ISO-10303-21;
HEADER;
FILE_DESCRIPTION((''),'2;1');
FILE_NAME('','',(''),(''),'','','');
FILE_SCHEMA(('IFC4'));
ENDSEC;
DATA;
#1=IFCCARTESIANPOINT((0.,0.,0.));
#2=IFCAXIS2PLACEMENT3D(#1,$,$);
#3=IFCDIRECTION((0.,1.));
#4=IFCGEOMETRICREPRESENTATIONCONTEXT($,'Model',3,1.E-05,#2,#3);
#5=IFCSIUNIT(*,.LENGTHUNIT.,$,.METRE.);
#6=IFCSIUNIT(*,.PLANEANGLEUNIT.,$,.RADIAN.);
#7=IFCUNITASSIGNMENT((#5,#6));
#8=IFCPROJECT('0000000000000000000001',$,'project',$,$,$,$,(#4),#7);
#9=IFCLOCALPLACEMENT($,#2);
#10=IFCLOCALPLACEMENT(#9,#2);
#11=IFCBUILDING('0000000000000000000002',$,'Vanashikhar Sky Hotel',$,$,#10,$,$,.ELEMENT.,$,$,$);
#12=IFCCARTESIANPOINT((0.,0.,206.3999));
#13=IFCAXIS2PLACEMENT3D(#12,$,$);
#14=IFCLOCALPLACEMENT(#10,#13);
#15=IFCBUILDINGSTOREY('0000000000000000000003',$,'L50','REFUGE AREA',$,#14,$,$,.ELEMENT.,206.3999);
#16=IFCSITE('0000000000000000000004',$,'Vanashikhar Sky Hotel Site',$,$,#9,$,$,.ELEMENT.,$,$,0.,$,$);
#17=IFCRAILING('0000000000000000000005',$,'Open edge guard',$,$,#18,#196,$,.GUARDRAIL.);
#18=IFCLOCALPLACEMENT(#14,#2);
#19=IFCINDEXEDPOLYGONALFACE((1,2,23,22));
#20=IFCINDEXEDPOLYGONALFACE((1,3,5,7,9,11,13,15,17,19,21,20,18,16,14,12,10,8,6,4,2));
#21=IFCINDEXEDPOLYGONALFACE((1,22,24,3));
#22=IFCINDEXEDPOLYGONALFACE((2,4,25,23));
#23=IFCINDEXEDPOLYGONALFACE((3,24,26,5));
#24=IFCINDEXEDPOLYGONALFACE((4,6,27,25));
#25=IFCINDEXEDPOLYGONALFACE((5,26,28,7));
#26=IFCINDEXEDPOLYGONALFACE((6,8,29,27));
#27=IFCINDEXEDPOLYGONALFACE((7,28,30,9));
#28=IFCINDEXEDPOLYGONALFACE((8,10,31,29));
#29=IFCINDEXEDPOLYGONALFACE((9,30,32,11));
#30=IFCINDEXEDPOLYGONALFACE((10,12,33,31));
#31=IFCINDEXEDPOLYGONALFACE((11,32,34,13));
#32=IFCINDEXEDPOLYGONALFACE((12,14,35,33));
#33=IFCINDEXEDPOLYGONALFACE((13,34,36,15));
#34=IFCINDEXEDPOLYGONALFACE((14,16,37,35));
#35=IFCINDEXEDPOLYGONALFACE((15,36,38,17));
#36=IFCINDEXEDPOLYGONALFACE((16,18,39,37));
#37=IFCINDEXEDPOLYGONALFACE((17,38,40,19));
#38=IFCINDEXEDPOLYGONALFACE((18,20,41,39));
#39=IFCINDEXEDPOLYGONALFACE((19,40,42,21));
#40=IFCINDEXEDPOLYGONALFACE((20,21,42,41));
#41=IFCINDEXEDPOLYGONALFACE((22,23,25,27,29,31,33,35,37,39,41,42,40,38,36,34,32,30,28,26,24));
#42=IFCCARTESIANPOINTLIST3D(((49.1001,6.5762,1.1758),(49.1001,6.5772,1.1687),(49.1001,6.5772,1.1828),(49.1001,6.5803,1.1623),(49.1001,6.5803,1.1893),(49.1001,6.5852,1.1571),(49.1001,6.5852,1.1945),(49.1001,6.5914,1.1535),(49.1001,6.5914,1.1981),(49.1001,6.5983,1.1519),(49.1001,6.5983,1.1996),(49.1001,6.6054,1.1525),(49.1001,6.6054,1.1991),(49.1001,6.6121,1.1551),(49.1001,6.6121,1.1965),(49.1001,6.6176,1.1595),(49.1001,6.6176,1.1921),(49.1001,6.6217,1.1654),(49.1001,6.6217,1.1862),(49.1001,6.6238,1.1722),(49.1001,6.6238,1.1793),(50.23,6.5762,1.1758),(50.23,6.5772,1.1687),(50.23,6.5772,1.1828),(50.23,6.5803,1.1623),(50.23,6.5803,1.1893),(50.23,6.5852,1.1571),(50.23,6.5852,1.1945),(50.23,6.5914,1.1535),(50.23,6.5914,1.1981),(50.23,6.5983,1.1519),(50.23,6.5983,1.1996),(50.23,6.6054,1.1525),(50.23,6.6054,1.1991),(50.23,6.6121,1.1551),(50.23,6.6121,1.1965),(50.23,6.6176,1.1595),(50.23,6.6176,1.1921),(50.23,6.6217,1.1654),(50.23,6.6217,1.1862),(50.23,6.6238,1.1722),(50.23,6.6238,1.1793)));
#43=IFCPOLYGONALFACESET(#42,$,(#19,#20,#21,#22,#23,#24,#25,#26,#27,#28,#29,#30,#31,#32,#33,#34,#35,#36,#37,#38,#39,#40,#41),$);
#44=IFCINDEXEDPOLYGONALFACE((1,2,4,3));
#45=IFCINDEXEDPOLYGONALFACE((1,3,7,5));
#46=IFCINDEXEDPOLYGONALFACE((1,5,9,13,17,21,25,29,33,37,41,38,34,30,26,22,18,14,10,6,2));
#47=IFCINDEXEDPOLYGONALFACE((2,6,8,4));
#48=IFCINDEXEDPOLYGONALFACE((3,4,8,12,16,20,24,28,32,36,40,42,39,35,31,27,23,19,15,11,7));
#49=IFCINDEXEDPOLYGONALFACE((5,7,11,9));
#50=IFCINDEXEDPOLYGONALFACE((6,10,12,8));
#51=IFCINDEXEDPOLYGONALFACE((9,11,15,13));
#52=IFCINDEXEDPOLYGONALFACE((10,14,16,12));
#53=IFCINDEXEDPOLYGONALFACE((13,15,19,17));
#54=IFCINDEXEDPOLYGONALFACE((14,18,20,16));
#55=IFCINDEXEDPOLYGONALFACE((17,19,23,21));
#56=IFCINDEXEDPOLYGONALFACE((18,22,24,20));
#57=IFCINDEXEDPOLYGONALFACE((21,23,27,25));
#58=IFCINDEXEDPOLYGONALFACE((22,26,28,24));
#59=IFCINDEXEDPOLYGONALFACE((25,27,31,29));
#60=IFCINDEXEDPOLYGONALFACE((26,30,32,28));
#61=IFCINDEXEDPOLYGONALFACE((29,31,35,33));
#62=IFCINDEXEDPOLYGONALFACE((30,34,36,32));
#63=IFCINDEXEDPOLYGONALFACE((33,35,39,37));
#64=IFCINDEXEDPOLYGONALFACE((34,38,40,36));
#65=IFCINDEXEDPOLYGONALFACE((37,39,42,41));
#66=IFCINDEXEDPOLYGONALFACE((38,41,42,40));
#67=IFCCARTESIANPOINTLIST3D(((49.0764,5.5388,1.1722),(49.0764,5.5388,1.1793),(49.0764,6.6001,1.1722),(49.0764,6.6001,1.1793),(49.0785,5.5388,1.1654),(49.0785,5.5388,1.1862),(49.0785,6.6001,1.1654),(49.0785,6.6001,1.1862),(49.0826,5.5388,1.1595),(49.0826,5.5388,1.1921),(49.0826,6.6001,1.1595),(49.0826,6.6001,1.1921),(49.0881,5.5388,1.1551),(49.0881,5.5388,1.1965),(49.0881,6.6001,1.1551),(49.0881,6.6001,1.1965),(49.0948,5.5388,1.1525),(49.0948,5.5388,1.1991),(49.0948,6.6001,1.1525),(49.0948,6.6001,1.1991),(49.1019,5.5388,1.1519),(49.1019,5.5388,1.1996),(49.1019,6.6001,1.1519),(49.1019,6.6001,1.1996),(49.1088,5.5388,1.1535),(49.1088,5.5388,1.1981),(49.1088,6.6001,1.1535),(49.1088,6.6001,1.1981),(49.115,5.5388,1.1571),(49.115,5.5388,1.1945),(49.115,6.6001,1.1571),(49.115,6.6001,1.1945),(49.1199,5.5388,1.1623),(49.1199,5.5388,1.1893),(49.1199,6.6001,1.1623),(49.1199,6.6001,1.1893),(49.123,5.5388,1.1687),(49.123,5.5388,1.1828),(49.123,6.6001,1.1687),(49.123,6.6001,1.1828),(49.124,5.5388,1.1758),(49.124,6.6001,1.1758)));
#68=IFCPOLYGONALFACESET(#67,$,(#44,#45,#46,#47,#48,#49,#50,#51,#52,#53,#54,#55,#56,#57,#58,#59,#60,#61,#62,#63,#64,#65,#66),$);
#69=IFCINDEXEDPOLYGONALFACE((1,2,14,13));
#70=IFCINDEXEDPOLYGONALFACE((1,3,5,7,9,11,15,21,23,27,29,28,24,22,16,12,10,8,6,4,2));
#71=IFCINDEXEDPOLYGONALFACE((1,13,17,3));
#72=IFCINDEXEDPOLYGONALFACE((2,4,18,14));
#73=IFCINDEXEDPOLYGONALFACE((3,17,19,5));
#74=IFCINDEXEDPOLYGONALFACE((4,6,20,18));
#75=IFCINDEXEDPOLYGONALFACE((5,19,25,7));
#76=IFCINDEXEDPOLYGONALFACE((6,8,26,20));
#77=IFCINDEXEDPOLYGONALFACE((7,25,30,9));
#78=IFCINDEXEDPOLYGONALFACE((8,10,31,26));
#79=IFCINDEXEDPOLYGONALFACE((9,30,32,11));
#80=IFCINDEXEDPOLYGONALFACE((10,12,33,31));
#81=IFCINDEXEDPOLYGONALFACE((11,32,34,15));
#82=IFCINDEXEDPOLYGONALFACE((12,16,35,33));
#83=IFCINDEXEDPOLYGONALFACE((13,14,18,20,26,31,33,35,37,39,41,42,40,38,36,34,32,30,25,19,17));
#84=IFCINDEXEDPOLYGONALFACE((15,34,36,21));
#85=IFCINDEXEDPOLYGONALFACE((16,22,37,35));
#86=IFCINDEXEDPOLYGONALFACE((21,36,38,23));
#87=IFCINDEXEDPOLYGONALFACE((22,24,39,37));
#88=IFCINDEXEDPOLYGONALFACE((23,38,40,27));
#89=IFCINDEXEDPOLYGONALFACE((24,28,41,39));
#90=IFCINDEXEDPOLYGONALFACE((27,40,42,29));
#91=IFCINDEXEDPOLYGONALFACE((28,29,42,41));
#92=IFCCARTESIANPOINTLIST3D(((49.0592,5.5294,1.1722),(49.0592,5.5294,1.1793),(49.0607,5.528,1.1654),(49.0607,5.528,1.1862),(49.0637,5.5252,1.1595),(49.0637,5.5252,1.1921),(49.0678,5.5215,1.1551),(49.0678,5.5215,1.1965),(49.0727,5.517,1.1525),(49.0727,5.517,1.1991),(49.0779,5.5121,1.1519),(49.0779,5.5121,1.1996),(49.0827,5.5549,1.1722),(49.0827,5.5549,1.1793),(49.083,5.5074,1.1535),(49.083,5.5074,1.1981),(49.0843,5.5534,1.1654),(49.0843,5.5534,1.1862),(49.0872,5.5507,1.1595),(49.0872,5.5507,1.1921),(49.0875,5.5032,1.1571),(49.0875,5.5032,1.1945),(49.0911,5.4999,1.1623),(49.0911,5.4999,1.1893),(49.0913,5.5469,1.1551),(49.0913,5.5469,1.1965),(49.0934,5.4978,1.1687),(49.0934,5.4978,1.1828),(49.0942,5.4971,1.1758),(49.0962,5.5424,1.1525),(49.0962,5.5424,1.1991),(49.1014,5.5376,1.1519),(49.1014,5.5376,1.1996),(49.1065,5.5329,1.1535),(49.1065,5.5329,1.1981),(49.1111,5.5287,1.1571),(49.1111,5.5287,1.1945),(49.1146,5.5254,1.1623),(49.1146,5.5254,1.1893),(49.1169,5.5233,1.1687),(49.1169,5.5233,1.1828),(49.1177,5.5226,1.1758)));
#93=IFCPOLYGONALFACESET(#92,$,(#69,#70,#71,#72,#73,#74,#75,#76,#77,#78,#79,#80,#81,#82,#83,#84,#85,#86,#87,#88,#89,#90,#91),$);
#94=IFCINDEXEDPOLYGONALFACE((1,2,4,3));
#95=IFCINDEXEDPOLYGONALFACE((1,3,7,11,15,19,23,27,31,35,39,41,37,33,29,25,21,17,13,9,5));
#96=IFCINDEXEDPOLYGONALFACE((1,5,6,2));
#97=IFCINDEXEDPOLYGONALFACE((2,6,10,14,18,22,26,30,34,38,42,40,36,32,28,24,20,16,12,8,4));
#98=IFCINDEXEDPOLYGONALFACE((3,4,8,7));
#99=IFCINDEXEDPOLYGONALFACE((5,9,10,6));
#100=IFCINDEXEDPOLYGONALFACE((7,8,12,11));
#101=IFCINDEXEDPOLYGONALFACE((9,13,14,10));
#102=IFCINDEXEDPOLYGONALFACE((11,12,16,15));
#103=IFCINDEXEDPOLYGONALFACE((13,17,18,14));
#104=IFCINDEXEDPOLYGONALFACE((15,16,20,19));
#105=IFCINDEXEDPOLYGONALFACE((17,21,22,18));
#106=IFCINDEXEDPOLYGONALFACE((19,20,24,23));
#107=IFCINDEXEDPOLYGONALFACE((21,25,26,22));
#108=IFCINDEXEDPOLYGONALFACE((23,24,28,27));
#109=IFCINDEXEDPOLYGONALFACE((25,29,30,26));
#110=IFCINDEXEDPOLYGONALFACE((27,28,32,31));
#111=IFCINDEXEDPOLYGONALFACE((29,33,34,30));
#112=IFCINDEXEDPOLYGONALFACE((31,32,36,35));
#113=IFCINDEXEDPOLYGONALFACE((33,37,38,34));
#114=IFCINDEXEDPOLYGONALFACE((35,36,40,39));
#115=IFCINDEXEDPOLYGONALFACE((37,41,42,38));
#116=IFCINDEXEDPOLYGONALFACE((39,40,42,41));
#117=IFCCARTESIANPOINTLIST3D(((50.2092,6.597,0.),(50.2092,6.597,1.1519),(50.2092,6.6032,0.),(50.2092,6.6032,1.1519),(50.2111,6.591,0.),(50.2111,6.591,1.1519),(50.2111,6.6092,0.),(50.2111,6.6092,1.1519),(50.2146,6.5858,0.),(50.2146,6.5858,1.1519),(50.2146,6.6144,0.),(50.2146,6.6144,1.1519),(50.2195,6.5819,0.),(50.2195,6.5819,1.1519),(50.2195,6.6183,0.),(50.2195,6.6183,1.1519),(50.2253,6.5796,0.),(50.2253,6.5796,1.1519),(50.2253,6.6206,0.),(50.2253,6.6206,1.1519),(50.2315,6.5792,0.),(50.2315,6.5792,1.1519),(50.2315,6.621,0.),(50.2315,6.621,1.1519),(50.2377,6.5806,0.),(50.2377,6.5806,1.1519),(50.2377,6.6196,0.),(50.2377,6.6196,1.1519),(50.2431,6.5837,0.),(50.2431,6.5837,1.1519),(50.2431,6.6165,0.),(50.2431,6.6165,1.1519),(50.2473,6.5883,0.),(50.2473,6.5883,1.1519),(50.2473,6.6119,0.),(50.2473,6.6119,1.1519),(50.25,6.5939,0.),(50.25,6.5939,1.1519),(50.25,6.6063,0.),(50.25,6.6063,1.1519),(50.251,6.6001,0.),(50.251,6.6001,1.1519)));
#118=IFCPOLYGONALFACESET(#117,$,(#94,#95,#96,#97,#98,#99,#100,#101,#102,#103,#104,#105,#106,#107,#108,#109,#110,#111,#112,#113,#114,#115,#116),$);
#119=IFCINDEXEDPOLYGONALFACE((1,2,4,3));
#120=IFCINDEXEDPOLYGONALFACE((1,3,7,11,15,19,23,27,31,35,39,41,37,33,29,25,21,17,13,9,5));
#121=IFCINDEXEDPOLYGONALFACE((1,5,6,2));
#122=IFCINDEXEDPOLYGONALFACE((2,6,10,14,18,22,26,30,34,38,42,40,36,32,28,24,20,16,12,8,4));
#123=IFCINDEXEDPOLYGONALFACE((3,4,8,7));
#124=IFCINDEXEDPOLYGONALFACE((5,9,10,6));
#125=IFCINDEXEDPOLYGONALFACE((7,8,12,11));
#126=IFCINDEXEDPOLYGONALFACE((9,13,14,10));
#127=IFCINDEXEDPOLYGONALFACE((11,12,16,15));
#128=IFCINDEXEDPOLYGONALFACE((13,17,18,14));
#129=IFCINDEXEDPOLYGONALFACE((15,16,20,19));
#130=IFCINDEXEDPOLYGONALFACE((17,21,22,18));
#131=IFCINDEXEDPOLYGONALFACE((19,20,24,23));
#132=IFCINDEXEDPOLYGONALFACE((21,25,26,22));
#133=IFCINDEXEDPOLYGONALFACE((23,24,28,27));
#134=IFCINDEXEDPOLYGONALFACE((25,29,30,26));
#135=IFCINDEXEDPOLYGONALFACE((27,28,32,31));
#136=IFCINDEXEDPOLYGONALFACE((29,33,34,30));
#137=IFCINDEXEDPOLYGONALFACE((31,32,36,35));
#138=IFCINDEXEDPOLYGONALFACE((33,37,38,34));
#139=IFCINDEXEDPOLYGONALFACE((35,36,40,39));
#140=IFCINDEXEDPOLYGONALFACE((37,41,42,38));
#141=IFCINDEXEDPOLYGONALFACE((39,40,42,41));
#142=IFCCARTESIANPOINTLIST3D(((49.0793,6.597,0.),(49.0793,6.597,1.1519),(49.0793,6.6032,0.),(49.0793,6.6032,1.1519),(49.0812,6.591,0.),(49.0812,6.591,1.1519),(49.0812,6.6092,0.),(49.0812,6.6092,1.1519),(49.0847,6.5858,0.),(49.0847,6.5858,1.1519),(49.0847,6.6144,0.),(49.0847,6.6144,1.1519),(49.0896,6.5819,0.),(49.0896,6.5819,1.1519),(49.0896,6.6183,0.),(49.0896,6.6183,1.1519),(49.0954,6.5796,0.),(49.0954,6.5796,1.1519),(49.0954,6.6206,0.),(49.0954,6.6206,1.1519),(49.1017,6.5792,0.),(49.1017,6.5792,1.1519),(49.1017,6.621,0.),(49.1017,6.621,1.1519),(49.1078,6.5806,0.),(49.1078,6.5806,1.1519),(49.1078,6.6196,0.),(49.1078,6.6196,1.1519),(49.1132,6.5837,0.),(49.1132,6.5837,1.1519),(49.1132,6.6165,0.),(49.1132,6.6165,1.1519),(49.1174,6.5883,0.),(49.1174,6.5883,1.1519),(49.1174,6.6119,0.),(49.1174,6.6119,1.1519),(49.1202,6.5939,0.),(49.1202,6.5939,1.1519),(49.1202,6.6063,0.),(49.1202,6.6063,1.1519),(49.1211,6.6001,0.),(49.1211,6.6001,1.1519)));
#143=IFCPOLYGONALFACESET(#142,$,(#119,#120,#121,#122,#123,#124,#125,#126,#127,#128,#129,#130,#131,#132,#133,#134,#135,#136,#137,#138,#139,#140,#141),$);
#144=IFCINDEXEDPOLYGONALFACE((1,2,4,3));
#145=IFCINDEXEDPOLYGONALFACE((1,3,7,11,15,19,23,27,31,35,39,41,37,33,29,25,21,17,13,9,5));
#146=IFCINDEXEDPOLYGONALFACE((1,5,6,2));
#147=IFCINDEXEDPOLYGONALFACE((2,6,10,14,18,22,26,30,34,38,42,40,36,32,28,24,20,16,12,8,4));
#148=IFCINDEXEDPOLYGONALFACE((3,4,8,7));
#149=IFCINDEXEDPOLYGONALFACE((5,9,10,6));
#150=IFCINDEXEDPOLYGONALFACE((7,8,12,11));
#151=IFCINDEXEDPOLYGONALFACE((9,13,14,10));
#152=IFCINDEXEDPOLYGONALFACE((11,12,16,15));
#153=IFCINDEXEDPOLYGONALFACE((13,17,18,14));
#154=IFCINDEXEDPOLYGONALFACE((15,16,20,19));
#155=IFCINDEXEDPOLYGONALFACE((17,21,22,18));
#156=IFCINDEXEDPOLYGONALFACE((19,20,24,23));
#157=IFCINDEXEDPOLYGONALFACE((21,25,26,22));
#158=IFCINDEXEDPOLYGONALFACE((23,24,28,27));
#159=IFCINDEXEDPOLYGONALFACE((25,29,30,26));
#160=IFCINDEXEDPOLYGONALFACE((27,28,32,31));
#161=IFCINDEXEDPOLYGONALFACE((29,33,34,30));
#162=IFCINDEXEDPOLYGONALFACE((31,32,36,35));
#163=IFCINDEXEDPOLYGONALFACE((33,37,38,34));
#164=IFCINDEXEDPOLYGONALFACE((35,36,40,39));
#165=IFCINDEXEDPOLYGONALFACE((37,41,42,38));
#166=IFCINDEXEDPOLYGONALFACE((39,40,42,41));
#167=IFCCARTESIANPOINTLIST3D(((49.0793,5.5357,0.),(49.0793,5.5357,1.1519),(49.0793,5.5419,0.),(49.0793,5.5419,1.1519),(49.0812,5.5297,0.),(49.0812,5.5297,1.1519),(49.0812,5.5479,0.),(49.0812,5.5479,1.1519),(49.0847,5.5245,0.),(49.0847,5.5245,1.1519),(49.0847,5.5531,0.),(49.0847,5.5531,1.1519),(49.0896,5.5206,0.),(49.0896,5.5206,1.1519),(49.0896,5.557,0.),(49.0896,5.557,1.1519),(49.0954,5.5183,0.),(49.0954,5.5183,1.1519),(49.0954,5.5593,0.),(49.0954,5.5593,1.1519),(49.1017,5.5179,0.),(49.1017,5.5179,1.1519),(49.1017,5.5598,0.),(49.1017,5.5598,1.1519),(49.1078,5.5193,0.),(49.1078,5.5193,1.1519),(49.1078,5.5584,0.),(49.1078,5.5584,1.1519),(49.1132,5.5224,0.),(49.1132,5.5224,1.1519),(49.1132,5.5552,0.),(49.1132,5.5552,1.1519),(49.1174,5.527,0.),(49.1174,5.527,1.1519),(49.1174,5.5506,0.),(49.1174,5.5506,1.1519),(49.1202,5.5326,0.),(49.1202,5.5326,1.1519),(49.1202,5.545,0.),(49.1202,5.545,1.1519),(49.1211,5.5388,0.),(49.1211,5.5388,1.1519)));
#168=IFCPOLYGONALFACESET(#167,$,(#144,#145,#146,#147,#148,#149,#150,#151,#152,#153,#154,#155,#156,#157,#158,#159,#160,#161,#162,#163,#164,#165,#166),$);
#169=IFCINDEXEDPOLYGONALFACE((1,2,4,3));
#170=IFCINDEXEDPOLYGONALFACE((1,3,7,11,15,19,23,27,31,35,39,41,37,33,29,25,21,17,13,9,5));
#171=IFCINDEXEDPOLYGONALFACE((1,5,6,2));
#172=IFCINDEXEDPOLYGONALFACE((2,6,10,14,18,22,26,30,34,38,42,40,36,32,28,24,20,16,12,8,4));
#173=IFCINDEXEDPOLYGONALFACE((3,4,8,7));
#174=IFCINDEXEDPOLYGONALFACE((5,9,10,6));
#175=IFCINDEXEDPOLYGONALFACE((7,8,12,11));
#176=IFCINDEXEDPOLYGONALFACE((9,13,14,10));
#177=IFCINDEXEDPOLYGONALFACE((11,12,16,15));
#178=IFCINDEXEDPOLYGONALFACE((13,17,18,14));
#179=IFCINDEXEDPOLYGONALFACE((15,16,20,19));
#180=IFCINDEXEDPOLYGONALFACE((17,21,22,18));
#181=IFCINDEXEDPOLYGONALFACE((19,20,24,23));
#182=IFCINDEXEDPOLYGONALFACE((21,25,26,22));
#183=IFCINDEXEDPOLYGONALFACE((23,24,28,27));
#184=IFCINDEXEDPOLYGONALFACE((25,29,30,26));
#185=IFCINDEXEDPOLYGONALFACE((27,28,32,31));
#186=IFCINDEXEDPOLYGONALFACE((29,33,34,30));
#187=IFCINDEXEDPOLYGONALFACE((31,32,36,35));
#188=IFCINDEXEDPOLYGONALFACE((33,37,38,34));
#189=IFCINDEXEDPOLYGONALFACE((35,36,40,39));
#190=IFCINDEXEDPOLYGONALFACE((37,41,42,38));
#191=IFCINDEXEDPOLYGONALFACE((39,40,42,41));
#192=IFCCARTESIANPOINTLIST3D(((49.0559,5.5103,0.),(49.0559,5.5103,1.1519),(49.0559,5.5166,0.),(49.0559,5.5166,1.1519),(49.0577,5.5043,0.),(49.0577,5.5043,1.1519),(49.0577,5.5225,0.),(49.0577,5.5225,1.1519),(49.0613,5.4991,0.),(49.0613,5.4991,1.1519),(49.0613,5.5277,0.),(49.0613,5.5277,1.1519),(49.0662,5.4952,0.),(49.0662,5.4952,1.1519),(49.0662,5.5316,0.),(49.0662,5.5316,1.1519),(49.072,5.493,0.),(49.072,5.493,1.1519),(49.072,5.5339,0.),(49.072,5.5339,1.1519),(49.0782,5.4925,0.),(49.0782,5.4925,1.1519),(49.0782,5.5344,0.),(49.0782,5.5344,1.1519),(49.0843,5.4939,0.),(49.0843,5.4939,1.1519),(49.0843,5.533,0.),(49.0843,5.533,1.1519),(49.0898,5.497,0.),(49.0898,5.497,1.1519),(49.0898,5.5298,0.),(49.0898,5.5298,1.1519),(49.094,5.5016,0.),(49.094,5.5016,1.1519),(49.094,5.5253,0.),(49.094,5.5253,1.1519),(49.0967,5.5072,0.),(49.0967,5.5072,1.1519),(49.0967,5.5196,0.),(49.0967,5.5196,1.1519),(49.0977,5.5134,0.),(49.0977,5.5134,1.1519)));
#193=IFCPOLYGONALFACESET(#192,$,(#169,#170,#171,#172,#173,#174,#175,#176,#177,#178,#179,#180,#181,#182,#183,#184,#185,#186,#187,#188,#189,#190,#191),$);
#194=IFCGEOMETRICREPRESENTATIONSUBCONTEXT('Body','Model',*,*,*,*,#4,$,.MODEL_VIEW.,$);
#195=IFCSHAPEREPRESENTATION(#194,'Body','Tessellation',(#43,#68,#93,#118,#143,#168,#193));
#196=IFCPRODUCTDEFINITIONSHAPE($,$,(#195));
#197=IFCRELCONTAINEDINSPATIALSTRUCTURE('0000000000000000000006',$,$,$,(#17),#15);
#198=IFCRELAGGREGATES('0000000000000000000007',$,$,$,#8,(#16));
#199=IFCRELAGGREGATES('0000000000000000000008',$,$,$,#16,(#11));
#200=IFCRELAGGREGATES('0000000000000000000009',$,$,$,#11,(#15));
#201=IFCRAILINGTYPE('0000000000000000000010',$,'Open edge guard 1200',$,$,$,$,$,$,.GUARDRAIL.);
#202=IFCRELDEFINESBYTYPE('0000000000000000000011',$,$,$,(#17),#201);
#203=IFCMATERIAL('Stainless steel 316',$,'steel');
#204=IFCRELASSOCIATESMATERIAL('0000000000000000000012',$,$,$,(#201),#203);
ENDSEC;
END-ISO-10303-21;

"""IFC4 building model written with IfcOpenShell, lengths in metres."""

from ifc_helpers import new_model, si_unit, direction, frame, origin, origin_2d, place, context, subcontext, project, spatial, circle, extrude, source, transform, mapped, material, type_object, element, save


model = new_model("IFC4")

# Units and contexts
model_context = context("Model", 3, precision=1e-05, world=origin(), true_north=direction((0.0, 1.0)))
body_context = subcontext(model_context, "Body", "Model", "MODEL_VIEW")
ifc_project = project(units=[si_unit("LENGTHUNIT", "METRE"), si_unit("PLANEANGLEUNIT", "RADIAN")], contexts=[model_context])

# Site, building, storey
site_placement = place(None, origin())
site = spatial("IfcSite", under=ifc_project, at=site_placement, Name="Vanashikhar Sky Hotel Site", CompositionType="ELEMENT", RefElevation=0.0)
building_placement = place(site_placement, origin())
building = spatial("IfcBuilding", under=site, at=building_placement, Name="Vanashikhar Sky Hotel", CompositionType="ELEMENT")
storey_placement = place(building_placement, frame((0.0, 0.0, 206.3999)))
storey = spatial("IfcBuildingStorey", under=building, at=storey_placement, Name="L50", Description="REFUGE AREA", CompositionType="ELEMENT", Elevation=206.3999)

# Railing
ifc_material_1 = material(Name="Stainless steel 316", Category="steel")
railing_type = type_object("IfcRailingType", Name="Open edge guard 1200", PredefinedType="GUARDRAIL", material=ifc_material_1)
shared_shape_1 = source(origin(), body_context, "Body", "SweptSolid", [
    extrude(circle(Radius=0.0239, at=origin_2d()), frame((0.0, 0.0, 1.1758), z_axis=(-1.0, 0.0, 0.0), x_axis=(0.0, -1.0, 0.0)), (0.0, 0.0, 1.0), 1.1299),
    extrude(circle(Radius=0.0239, at=origin_2d()), frame((-1.1299, 0.0, 1.1758), z_axis=(0.0, -1.0, 0.0), x_axis=(1.0, 0.0, 0.0)), (0.0, 0.0, 1.0), 1.0613),
    extrude(circle(Radius=0.0239, at=origin_2d()), frame((-1.1299, -1.0613, 1.1758), z_axis=(-0.67828, -0.734803, 0.0), x_axis=(0.734803, -0.67828, 0.0)), (0.0, 0.0, 1.0), 0.0347),
    extrude(circle(Radius=0.021, at=origin_2d()), origin(), (0.0, 0.0, 1.0), 1.1519),
    extrude(circle(Radius=0.021, at=origin_2d()), frame((-1.1299, 0.0, 0.0)), (0.0, 0.0, 1.0), 1.1519),
    extrude(circle(Radius=0.021, at=origin_2d()), frame((-1.1299, -1.0613, 0.0)), (0.0, 0.0, 1.0), 1.1519),
    extrude(circle(Radius=0.021, at=origin_2d()), frame((-1.1533, -1.0867, 0.0)), (0.0, 0.0, 1.0), 1.1519),
])
railing_1_placement = place(storey_placement, frame((50.23, 6.6001, 0.0)))
element("IfcRailing", 1, at=railing_1_placement, inside=storey, type_object=railing_type, Name="Open edge guard", PredefinedType="GUARDRAIL", context=body_context, shape_type="MappedRepresentation", body=[
    mapped(shared_shape_1, transform((0.0, 0.0, 0.0), scale=1.0)),
])

save(model, "model.ifc")
